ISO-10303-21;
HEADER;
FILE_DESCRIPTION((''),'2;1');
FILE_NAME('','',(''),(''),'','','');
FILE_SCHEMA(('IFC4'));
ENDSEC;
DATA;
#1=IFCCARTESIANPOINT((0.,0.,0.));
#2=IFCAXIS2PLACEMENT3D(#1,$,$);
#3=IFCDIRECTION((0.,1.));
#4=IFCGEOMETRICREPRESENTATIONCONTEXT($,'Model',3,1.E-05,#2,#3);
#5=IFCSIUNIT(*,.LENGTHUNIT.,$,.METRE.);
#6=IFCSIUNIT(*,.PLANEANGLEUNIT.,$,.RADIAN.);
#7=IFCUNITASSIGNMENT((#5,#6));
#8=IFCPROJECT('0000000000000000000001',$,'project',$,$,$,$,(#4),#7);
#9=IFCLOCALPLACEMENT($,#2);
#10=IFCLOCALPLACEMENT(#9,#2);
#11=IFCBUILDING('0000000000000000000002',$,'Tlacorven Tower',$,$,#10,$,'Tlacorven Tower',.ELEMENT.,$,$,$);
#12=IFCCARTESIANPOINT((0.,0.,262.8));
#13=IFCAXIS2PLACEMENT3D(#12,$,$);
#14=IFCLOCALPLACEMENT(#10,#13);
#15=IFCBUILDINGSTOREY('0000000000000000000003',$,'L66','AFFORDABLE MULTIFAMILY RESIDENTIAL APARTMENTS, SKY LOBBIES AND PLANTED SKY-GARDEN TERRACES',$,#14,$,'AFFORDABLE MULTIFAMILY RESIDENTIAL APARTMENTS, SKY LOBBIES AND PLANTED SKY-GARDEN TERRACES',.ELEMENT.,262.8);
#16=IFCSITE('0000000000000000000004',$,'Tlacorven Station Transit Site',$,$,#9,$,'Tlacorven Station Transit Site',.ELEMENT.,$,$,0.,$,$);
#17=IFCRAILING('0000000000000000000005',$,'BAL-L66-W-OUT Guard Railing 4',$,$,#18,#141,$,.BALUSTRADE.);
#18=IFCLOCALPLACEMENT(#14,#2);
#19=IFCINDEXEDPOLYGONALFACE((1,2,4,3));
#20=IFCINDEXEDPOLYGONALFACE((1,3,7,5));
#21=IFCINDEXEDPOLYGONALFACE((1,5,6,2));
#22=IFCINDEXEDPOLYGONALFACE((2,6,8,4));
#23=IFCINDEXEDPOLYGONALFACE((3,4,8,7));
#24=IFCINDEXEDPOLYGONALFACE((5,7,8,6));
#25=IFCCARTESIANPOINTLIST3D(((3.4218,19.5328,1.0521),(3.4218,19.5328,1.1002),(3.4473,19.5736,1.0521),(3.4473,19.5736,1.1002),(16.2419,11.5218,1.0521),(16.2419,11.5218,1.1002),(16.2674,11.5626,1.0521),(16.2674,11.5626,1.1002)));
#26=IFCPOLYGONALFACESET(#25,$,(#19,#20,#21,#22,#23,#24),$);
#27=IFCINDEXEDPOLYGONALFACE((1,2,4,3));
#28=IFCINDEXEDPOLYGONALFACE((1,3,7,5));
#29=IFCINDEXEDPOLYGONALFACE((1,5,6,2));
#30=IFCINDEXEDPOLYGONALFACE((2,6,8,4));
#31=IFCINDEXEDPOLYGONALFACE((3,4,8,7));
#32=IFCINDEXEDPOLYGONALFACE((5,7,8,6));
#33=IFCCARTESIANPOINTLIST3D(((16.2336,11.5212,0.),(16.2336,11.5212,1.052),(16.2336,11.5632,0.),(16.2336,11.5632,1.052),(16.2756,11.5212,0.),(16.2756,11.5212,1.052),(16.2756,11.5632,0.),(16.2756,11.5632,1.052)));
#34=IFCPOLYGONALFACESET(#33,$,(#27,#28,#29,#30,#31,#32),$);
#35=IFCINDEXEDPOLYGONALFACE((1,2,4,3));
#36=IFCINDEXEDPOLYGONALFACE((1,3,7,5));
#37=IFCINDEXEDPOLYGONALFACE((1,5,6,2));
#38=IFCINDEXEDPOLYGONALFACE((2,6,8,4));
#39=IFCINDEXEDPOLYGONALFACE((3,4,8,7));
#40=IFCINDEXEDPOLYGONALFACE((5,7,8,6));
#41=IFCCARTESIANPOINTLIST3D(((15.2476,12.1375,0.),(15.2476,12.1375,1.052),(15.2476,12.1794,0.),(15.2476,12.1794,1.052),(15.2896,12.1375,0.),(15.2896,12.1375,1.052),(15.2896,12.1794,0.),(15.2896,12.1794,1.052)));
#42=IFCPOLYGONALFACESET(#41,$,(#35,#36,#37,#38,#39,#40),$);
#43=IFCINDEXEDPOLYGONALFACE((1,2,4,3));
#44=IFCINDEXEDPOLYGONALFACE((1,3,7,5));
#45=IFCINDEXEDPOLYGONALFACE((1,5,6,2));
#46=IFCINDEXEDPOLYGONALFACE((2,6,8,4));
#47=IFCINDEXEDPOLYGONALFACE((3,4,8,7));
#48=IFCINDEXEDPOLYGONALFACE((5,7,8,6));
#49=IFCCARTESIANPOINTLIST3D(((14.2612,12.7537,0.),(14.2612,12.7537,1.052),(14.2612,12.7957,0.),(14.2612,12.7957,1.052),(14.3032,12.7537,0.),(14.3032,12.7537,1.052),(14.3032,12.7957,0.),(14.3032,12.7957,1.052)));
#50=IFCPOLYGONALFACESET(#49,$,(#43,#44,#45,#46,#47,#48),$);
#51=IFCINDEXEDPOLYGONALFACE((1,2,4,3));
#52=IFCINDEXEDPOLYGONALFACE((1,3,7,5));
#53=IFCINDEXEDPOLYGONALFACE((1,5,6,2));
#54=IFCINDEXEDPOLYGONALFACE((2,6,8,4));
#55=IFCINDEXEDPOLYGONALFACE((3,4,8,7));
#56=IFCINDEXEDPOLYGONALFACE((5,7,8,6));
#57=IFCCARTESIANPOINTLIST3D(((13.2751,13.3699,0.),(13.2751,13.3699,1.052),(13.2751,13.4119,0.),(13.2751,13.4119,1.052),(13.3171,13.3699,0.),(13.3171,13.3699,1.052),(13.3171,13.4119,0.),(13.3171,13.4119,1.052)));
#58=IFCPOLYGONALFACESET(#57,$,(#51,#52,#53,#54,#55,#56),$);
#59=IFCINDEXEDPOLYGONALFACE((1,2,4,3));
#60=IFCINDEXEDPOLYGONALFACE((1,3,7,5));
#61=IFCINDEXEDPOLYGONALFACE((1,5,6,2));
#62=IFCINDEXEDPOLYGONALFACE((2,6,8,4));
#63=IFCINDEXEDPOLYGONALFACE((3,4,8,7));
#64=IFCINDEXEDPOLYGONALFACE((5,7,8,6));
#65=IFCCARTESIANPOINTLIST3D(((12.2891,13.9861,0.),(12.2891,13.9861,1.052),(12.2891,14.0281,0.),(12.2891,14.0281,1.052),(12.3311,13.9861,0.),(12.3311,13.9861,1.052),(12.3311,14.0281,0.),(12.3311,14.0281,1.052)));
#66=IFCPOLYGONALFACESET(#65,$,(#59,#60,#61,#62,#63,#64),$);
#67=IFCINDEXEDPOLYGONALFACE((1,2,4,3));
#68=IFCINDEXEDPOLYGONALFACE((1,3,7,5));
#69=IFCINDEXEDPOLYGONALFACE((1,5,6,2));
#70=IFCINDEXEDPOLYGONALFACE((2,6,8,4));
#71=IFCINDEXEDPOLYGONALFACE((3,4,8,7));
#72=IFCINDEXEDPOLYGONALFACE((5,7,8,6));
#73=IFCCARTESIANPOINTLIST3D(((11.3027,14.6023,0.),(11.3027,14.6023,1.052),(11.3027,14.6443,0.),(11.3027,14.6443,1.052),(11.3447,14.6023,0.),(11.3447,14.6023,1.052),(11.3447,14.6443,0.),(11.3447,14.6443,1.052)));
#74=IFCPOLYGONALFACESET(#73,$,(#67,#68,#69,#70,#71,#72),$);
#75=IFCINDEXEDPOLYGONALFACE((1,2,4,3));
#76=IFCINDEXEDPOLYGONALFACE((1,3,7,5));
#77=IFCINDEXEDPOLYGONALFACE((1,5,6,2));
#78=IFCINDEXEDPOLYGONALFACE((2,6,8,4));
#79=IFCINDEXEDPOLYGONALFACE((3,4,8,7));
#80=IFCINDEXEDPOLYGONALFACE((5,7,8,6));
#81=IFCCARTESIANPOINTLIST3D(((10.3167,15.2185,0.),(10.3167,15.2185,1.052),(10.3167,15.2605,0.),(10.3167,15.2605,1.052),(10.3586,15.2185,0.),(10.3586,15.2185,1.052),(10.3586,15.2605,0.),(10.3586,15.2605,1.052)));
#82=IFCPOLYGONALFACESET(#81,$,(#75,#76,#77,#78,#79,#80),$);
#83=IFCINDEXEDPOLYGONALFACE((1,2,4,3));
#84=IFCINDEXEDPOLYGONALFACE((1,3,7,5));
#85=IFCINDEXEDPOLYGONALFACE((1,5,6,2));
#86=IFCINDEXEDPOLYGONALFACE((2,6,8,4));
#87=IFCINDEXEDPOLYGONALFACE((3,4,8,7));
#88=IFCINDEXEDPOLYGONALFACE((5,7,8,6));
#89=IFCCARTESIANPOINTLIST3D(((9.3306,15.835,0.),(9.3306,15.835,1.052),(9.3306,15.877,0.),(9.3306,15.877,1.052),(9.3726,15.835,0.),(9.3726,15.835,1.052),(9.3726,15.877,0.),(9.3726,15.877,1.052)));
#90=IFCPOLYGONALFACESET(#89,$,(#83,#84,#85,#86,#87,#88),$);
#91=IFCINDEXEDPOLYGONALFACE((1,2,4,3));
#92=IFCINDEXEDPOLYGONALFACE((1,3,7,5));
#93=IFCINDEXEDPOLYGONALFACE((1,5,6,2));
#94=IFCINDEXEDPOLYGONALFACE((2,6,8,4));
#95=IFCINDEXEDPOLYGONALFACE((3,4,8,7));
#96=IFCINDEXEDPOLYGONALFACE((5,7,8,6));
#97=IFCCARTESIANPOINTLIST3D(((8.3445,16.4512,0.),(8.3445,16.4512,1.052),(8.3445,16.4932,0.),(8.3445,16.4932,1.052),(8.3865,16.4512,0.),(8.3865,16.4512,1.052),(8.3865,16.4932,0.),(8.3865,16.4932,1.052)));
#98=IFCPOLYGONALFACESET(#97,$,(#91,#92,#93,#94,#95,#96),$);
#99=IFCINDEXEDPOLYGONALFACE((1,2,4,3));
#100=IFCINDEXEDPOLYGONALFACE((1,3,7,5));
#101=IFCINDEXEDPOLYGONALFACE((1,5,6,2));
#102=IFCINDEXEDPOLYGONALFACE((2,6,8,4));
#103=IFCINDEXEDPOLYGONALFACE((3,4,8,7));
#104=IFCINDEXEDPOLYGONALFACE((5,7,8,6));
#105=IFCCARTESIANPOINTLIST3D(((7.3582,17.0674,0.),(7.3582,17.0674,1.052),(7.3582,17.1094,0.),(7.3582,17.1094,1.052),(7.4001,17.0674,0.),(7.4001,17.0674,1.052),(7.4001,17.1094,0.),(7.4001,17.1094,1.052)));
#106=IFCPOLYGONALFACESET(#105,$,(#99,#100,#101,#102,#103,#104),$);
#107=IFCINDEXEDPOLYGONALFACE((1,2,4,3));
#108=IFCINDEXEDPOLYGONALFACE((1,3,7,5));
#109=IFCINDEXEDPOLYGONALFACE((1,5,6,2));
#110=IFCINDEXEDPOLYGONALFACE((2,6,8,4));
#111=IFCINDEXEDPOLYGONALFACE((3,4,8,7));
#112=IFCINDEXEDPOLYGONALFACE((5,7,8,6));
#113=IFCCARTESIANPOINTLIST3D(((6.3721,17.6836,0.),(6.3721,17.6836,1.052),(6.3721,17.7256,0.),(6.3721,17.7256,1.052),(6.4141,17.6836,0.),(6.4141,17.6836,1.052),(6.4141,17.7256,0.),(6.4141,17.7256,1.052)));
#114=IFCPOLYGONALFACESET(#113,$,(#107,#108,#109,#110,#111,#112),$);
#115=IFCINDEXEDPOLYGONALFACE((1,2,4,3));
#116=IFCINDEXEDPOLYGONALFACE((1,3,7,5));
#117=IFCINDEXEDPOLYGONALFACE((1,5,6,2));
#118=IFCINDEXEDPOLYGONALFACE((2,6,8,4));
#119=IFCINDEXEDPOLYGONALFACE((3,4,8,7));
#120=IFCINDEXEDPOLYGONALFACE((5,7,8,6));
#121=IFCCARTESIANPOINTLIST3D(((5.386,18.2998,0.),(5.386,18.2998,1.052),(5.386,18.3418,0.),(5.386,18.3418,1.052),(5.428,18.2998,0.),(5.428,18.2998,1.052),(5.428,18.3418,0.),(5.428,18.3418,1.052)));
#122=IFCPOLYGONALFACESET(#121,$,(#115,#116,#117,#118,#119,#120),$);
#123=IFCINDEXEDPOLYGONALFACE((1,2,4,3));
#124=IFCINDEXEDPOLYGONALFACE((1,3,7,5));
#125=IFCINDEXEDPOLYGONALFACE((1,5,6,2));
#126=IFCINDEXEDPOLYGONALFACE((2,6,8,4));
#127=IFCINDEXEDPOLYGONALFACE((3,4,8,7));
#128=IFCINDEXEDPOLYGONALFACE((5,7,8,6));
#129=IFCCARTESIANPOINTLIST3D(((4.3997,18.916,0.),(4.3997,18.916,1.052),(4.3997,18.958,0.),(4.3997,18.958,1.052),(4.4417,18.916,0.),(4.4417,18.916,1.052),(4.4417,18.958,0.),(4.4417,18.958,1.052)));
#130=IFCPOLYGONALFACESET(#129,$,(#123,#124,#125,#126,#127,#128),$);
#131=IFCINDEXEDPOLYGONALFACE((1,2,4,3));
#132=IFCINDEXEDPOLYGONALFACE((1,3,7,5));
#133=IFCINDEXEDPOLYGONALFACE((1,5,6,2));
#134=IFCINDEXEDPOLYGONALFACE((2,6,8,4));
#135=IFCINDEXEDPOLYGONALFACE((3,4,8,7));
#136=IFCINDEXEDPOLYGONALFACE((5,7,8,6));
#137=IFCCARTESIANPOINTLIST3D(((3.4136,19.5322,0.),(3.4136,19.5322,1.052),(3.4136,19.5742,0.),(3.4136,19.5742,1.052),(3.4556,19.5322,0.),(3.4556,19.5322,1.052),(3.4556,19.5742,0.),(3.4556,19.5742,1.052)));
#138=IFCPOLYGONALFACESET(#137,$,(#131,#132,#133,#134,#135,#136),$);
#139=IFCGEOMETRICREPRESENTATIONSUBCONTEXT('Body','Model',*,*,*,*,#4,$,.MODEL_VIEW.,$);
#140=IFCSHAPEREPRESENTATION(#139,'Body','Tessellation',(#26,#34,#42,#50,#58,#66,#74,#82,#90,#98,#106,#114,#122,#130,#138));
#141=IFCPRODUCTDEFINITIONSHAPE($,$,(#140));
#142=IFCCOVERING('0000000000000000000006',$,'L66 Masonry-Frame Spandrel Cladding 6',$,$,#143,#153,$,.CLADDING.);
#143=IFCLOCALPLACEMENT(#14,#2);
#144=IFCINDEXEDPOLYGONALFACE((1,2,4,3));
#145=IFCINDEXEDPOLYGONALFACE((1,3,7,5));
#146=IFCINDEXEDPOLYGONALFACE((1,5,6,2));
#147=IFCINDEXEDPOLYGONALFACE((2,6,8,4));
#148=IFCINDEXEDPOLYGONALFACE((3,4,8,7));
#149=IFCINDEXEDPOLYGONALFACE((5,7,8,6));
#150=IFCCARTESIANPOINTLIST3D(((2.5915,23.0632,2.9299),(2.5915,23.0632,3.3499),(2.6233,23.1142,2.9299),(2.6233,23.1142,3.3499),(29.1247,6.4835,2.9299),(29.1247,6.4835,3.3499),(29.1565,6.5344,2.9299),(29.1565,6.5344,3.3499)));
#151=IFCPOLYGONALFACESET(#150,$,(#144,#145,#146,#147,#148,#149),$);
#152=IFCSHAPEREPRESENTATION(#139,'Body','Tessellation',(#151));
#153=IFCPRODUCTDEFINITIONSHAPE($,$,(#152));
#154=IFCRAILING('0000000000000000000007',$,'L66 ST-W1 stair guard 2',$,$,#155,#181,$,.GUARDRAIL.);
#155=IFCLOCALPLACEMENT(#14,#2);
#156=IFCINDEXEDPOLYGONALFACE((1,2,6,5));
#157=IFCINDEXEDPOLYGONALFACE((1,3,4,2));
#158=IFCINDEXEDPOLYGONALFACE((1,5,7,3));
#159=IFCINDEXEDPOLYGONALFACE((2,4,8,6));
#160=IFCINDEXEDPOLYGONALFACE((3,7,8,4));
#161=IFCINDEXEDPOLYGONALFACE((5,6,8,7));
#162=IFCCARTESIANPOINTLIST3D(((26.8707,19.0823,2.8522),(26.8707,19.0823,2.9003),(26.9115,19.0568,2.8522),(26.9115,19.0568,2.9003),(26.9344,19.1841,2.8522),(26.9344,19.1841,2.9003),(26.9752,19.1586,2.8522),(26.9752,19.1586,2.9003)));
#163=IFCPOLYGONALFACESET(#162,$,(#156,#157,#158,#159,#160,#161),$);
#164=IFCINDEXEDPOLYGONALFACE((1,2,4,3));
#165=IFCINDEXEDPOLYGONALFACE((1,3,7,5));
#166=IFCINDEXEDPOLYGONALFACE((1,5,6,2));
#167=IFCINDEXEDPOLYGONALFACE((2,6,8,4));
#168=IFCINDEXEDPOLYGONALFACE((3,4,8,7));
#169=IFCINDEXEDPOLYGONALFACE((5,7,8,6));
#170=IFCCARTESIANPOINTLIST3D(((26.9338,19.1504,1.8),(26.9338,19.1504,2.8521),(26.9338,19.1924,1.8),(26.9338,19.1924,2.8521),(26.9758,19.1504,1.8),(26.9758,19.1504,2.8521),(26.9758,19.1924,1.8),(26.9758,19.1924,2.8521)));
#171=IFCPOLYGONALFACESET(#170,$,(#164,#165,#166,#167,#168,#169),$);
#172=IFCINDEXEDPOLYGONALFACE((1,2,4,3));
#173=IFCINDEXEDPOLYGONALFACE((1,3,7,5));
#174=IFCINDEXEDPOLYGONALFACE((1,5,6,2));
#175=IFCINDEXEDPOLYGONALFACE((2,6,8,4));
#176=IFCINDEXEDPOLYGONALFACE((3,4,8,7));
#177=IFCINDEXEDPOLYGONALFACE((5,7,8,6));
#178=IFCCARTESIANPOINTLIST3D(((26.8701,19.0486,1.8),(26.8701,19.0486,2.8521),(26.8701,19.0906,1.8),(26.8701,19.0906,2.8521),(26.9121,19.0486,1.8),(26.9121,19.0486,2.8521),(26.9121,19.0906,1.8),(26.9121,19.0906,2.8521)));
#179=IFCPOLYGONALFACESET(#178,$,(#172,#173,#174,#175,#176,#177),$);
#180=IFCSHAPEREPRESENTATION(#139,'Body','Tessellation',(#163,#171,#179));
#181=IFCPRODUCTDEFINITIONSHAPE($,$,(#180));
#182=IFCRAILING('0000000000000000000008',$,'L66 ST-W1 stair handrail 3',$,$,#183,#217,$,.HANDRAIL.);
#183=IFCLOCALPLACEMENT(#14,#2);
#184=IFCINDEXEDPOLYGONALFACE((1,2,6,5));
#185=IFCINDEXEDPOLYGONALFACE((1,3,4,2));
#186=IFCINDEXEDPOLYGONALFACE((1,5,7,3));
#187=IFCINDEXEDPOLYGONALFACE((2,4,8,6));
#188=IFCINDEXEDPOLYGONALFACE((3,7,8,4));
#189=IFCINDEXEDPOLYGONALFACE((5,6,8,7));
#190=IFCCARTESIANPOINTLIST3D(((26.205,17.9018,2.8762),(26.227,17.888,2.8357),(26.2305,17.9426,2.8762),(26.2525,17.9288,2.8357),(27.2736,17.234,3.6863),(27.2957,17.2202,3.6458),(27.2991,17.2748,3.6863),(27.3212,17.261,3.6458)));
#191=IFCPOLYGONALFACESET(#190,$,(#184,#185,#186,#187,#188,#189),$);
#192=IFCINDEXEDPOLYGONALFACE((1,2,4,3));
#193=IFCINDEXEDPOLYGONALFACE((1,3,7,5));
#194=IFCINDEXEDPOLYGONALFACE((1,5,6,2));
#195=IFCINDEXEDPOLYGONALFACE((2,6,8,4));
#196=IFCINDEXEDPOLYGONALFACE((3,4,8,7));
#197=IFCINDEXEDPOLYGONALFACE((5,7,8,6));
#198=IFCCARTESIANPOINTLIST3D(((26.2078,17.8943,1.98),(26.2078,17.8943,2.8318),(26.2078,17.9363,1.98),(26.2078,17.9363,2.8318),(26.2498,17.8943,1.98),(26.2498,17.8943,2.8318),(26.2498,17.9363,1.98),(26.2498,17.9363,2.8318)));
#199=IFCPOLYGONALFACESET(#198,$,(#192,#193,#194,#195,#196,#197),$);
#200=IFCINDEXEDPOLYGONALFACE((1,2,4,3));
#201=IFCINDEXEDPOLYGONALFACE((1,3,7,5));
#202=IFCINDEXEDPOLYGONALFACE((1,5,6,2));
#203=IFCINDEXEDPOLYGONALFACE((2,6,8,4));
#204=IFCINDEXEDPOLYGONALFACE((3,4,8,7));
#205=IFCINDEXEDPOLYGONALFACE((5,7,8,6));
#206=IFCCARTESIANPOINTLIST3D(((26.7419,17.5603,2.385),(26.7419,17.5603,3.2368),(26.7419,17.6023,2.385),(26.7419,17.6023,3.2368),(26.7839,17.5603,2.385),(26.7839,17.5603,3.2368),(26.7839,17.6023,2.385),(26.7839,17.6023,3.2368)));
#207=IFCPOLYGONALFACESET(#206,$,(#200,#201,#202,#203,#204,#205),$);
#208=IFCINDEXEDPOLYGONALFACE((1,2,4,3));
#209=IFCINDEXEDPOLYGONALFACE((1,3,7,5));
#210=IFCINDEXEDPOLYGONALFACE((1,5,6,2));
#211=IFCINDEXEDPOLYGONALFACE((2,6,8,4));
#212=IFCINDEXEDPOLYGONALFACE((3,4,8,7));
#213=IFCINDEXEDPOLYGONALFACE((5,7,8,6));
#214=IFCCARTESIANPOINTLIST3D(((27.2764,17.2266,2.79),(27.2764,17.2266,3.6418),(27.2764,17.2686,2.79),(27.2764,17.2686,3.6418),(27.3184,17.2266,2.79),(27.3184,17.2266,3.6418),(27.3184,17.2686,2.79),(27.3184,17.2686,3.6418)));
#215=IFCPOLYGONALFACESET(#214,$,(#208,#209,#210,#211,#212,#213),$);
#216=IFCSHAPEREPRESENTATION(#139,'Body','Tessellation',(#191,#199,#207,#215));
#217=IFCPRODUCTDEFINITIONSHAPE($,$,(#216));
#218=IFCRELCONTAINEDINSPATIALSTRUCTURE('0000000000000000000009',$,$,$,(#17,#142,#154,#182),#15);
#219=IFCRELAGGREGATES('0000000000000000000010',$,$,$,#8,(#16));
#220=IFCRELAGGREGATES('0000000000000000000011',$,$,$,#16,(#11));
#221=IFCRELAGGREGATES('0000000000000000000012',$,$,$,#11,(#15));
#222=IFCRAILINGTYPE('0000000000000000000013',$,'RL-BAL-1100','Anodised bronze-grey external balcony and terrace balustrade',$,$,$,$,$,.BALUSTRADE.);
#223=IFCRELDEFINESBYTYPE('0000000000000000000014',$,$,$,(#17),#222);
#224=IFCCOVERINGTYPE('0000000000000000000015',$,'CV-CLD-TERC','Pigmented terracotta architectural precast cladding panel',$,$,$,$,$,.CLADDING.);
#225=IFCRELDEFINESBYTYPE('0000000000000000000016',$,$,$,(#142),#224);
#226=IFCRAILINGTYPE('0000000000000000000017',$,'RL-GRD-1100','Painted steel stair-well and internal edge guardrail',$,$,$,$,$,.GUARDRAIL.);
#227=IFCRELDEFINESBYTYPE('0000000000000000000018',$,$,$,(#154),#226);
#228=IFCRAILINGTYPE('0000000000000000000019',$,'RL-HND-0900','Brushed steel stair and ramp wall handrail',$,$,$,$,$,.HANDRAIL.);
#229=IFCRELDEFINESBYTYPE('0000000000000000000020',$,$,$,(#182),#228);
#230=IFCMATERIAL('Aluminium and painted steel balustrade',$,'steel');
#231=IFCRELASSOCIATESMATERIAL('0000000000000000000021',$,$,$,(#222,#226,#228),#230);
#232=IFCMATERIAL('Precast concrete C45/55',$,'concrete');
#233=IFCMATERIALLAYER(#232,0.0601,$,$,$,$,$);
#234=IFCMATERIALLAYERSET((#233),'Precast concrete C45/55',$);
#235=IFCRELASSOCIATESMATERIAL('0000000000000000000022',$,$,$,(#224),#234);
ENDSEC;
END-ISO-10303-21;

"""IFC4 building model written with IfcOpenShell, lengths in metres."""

from ifc_helpers import new_model, si_unit, direction, frame, origin, origin_2d, place, context, subcontext, project, spatial, rectangle, extrude, source, transform, mapped, material, layer, layer_set, type_object, element, save


model = new_model("IFC4")

# Units and contexts
model_context = context("Model", 3, precision=1e-05, world=origin(), true_north=direction((0.0, 1.0)))
body_context = subcontext(model_context, "Body", "Model", "MODEL_VIEW")
ifc_project = project(units=[si_unit("LENGTHUNIT", "METRE"), si_unit("PLANEANGLEUNIT", "RADIAN")], contexts=[model_context])

# Site, building, storey
site_placement = place(None, origin())
site = spatial("IfcSite", under=ifc_project, at=site_placement, Name="Tlacorven Station Transit Site", LongName="Tlacorven Station Transit Site", CompositionType="ELEMENT", RefElevation=0.0)
building_placement = place(site_placement, origin())
building = spatial("IfcBuilding", under=site, at=building_placement, Name="Tlacorven Tower", LongName="Tlacorven Tower", CompositionType="ELEMENT")
storey_placement = place(building_placement, frame((0.0, 0.0, 262.8)))
storey = spatial("IfcBuildingStorey", under=building, at=storey_placement, Name="L66", Description="AFFORDABLE MULTIFAMILY RESIDENTIAL APARTMENTS, SKY LOBBIES AND PLANTED SKY-GARDEN TERRACES", LongName="AFFORDABLE MULTIFAMILY RESIDENTIAL APARTMENTS, SKY LOBBIES AND PLANTED SKY-GARDEN TERRACES", CompositionType="ELEMENT", Elevation=262.8)

# Railing
ifc_material_1 = material(Name="Aluminium and painted steel balustrade", Category="steel")
railing_type_1 = type_object("IfcRailingType", Name="RL-BAL-1100", Description="Anodised bronze-grey external balcony and terrace balustrade", PredefinedType="BALUSTRADE", material=ifc_material_1)
shared_shape_1 = source(origin(), body_context, "Body", "SweptSolid", [
    extrude(rectangle(XDim=0.0481, YDim=0.0481, at=origin_2d()), frame((0.0, 0.0, 1.0762), z_axis=(-0.848045, 0.529925, 0.0), x_axis=(-0.529925, -0.848045, 0.0)), (0.0, 0.0, 1.0), 15.1172),
    extrude(rectangle(XDim=0.042, YDim=0.042, at=origin_2d()), origin(), (0.0, 0.0, 1.0), 1.052),
    extrude(rectangle(XDim=0.042, YDim=0.042, at=origin_2d()), frame((-0.9861, 0.6162, 0.0)), (0.0, 0.0, 1.0), 1.052),
    extrude(rectangle(XDim=0.042, YDim=0.042, at=origin_2d()), frame((-1.9724, 1.2324, 0.0)), (0.0, 0.0, 1.0), 1.052),
    extrude(rectangle(XDim=0.042, YDim=0.042, at=origin_2d()), frame((-2.9585, 1.8486, 0.0)), (0.0, 0.0, 1.0), 1.052),
    extrude(rectangle(XDim=0.042, YDim=0.042, at=origin_2d()), frame((-3.9446, 2.4648, 0.0)), (0.0, 0.0, 1.0), 1.052),
    extrude(rectangle(XDim=0.042, YDim=0.042, at=origin_2d()), frame((-4.9309, 3.0811, 0.0)), (0.0, 0.0, 1.0), 1.052),
    extrude(rectangle(XDim=0.042, YDim=0.042, at=origin_2d()), frame((-5.917, 3.6973, 0.0)), (0.0, 0.0, 1.0), 1.052),
    extrude(rectangle(XDim=0.042, YDim=0.042, at=origin_2d()), frame((-6.9031, 4.3137, 0.0)), (0.0, 0.0, 1.0), 1.052),
    extrude(rectangle(XDim=0.042, YDim=0.042, at=origin_2d()), frame((-7.8892, 4.9299, 0.0)), (0.0, 0.0, 1.0), 1.052),
    extrude(rectangle(XDim=0.042, YDim=0.042, at=origin_2d()), frame((-8.8755, 5.5461, 0.0)), (0.0, 0.0, 1.0), 1.052),
    extrude(rectangle(XDim=0.042, YDim=0.042, at=origin_2d()), frame((-9.8616, 6.1624, 0.0)), (0.0, 0.0, 1.0), 1.052),
    extrude(rectangle(XDim=0.042, YDim=0.042, at=origin_2d()), frame((-10.8477, 6.7786, 0.0)), (0.0, 0.0, 1.0), 1.052),
    extrude(rectangle(XDim=0.042, YDim=0.042, at=origin_2d()), frame((-11.834, 7.3948, 0.0)), (0.0, 0.0, 1.0), 1.052),
    extrude(rectangle(XDim=0.042, YDim=0.042, at=origin_2d()), frame((-12.8201, 8.011, 0.0)), (0.0, 0.0, 1.0), 1.052),
])
railing_1_placement = place(storey_placement, frame((16.2546, 11.5422, 0.0)))
element("IfcRailing", 1, at=railing_1_placement, inside=storey, type_object=railing_type_1, Name="BAL-L66-W-OUT Guard Railing 4", PredefinedType="BALUSTRADE", context=body_context, shape_type="MappedRepresentation", body=[
    mapped(shared_shape_1, transform((0.0, 0.0, 0.0), scale=1.0)),
])

# Covering
ifc_material_2 = material(Name="Precast concrete C45/55", Category="concrete")
ifc_layer_1 = layer(ifc_material_2, 0.0601)
ifc_layer_set_1 = layer_set([ifc_layer_1], Name="Precast concrete C45/55")
covering_type = type_object("IfcCoveringType", Name="CV-CLD-TERC", Description="Pigmented terracotta architectural precast cladding panel", PredefinedType="CLADDING", material=ifc_layer_set_1)
shared_shape_2 = source(origin(), body_context, "Body", "SweptSolid", [
    extrude(rectangle(XDim=31.2874, YDim=0.0601, at=origin_2d()), origin(), (0.0, 0.0, 1.0), 0.4199),
])
covering_placement = place(storey_placement, frame((15.874, 14.7988, 2.9299), z_axis=(0.0, 0.0, 1.0), x_axis=(-0.848048, 0.529919, 0.0)))
element("IfcCovering", 2, at=covering_placement, inside=storey, type_object=covering_type, Name="L66 Masonry-Frame Spandrel Cladding 6", PredefinedType="CLADDING", context=body_context, shape_type="MappedRepresentation", body=[
    mapped(shared_shape_2, transform((0.0, 0.0, 0.0), scale=1.0)),
])

# Railings
railing_type_2 = type_object("IfcRailingType", Name="RL-GRD-1100", Description="Painted steel stair-well and internal edge guardrail", PredefinedType="GUARDRAIL", material=ifc_material_1)
shared_shape_3 = source(origin(), body_context, "Body", "SweptSolid", [
    extrude(rectangle(XDim=0.0481, YDim=0.0481, at=origin_2d()), frame((0.0, 0.0, 1.0762), z_axis=(-0.530547, -0.847656, 0.0), x_axis=(0.847656, -0.530547, 0.0)), (0.0, 0.0, 1.0), 0.1201),
    extrude(rectangle(XDim=0.042, YDim=0.042, at=origin_2d()), origin(), (0.0, 0.0, 1.0), 1.052),
    extrude(rectangle(XDim=0.042, YDim=0.042, at=origin_2d()), frame((-0.0637, -0.1018, 0.0)), (0.0, 0.0, 1.0), 1.052),
])
railing_2_placement = place(storey_placement, frame((26.9548, 19.1714, 1.8)))
element("IfcRailing", 3, at=railing_2_placement, inside=storey, type_object=railing_type_2, Name="L66 ST-W1 stair guard 2", PredefinedType="GUARDRAIL", context=body_context, shape_type="MappedRepresentation", body=[
    mapped(shared_shape_3, transform((0.0, 0.0, 0.0), scale=1.0)),
])
railing_type_3 = type_object("IfcRailingType", Name="RL-HND-0900", Description="Brushed steel stair and ramp wall handrail", PredefinedType="HANDRAIL", material=ifc_material_1)
shared_shape_4 = source(origin(), body_context, "Body", "SweptSolid", [
    extrude(rectangle(XDim=0.0481, YDim=0.0481, at=origin_2d()), frame((0.0, 0.0, 0.876), z_axis=(0.71336, -0.445748, 0.540765), x_axis=(0.529912, 0.848053, 0.0)), (0.0, 0.0, 1.0), 1.498),
    extrude(rectangle(XDim=0.042, YDim=0.042, at=origin_2d()), origin(), (0.0, 0.0, 1.0), 0.8518),
    extrude(rectangle(XDim=0.042, YDim=0.042, at=origin_2d()), frame((0.5342, -0.334, 0.405)), (0.0, 0.0, 1.0), 0.8518),
    extrude(rectangle(XDim=0.042, YDim=0.042, at=origin_2d()), frame((1.0686, -0.6677, 0.8101)), (0.0, 0.0, 1.0), 0.8518),
])
railing_3_placement = place(storey_placement, frame((26.2288, 17.9153, 1.98)))
element("IfcRailing", 4, at=railing_3_placement, inside=storey, type_object=railing_type_3, Name="L66 ST-W1 stair handrail 3", PredefinedType="HANDRAIL", context=body_context, shape_type="MappedRepresentation", body=[
    mapped(shared_shape_4, transform((0.0, 0.0, 0.0), scale=1.0)),
])

save(model, "model.ifc")
